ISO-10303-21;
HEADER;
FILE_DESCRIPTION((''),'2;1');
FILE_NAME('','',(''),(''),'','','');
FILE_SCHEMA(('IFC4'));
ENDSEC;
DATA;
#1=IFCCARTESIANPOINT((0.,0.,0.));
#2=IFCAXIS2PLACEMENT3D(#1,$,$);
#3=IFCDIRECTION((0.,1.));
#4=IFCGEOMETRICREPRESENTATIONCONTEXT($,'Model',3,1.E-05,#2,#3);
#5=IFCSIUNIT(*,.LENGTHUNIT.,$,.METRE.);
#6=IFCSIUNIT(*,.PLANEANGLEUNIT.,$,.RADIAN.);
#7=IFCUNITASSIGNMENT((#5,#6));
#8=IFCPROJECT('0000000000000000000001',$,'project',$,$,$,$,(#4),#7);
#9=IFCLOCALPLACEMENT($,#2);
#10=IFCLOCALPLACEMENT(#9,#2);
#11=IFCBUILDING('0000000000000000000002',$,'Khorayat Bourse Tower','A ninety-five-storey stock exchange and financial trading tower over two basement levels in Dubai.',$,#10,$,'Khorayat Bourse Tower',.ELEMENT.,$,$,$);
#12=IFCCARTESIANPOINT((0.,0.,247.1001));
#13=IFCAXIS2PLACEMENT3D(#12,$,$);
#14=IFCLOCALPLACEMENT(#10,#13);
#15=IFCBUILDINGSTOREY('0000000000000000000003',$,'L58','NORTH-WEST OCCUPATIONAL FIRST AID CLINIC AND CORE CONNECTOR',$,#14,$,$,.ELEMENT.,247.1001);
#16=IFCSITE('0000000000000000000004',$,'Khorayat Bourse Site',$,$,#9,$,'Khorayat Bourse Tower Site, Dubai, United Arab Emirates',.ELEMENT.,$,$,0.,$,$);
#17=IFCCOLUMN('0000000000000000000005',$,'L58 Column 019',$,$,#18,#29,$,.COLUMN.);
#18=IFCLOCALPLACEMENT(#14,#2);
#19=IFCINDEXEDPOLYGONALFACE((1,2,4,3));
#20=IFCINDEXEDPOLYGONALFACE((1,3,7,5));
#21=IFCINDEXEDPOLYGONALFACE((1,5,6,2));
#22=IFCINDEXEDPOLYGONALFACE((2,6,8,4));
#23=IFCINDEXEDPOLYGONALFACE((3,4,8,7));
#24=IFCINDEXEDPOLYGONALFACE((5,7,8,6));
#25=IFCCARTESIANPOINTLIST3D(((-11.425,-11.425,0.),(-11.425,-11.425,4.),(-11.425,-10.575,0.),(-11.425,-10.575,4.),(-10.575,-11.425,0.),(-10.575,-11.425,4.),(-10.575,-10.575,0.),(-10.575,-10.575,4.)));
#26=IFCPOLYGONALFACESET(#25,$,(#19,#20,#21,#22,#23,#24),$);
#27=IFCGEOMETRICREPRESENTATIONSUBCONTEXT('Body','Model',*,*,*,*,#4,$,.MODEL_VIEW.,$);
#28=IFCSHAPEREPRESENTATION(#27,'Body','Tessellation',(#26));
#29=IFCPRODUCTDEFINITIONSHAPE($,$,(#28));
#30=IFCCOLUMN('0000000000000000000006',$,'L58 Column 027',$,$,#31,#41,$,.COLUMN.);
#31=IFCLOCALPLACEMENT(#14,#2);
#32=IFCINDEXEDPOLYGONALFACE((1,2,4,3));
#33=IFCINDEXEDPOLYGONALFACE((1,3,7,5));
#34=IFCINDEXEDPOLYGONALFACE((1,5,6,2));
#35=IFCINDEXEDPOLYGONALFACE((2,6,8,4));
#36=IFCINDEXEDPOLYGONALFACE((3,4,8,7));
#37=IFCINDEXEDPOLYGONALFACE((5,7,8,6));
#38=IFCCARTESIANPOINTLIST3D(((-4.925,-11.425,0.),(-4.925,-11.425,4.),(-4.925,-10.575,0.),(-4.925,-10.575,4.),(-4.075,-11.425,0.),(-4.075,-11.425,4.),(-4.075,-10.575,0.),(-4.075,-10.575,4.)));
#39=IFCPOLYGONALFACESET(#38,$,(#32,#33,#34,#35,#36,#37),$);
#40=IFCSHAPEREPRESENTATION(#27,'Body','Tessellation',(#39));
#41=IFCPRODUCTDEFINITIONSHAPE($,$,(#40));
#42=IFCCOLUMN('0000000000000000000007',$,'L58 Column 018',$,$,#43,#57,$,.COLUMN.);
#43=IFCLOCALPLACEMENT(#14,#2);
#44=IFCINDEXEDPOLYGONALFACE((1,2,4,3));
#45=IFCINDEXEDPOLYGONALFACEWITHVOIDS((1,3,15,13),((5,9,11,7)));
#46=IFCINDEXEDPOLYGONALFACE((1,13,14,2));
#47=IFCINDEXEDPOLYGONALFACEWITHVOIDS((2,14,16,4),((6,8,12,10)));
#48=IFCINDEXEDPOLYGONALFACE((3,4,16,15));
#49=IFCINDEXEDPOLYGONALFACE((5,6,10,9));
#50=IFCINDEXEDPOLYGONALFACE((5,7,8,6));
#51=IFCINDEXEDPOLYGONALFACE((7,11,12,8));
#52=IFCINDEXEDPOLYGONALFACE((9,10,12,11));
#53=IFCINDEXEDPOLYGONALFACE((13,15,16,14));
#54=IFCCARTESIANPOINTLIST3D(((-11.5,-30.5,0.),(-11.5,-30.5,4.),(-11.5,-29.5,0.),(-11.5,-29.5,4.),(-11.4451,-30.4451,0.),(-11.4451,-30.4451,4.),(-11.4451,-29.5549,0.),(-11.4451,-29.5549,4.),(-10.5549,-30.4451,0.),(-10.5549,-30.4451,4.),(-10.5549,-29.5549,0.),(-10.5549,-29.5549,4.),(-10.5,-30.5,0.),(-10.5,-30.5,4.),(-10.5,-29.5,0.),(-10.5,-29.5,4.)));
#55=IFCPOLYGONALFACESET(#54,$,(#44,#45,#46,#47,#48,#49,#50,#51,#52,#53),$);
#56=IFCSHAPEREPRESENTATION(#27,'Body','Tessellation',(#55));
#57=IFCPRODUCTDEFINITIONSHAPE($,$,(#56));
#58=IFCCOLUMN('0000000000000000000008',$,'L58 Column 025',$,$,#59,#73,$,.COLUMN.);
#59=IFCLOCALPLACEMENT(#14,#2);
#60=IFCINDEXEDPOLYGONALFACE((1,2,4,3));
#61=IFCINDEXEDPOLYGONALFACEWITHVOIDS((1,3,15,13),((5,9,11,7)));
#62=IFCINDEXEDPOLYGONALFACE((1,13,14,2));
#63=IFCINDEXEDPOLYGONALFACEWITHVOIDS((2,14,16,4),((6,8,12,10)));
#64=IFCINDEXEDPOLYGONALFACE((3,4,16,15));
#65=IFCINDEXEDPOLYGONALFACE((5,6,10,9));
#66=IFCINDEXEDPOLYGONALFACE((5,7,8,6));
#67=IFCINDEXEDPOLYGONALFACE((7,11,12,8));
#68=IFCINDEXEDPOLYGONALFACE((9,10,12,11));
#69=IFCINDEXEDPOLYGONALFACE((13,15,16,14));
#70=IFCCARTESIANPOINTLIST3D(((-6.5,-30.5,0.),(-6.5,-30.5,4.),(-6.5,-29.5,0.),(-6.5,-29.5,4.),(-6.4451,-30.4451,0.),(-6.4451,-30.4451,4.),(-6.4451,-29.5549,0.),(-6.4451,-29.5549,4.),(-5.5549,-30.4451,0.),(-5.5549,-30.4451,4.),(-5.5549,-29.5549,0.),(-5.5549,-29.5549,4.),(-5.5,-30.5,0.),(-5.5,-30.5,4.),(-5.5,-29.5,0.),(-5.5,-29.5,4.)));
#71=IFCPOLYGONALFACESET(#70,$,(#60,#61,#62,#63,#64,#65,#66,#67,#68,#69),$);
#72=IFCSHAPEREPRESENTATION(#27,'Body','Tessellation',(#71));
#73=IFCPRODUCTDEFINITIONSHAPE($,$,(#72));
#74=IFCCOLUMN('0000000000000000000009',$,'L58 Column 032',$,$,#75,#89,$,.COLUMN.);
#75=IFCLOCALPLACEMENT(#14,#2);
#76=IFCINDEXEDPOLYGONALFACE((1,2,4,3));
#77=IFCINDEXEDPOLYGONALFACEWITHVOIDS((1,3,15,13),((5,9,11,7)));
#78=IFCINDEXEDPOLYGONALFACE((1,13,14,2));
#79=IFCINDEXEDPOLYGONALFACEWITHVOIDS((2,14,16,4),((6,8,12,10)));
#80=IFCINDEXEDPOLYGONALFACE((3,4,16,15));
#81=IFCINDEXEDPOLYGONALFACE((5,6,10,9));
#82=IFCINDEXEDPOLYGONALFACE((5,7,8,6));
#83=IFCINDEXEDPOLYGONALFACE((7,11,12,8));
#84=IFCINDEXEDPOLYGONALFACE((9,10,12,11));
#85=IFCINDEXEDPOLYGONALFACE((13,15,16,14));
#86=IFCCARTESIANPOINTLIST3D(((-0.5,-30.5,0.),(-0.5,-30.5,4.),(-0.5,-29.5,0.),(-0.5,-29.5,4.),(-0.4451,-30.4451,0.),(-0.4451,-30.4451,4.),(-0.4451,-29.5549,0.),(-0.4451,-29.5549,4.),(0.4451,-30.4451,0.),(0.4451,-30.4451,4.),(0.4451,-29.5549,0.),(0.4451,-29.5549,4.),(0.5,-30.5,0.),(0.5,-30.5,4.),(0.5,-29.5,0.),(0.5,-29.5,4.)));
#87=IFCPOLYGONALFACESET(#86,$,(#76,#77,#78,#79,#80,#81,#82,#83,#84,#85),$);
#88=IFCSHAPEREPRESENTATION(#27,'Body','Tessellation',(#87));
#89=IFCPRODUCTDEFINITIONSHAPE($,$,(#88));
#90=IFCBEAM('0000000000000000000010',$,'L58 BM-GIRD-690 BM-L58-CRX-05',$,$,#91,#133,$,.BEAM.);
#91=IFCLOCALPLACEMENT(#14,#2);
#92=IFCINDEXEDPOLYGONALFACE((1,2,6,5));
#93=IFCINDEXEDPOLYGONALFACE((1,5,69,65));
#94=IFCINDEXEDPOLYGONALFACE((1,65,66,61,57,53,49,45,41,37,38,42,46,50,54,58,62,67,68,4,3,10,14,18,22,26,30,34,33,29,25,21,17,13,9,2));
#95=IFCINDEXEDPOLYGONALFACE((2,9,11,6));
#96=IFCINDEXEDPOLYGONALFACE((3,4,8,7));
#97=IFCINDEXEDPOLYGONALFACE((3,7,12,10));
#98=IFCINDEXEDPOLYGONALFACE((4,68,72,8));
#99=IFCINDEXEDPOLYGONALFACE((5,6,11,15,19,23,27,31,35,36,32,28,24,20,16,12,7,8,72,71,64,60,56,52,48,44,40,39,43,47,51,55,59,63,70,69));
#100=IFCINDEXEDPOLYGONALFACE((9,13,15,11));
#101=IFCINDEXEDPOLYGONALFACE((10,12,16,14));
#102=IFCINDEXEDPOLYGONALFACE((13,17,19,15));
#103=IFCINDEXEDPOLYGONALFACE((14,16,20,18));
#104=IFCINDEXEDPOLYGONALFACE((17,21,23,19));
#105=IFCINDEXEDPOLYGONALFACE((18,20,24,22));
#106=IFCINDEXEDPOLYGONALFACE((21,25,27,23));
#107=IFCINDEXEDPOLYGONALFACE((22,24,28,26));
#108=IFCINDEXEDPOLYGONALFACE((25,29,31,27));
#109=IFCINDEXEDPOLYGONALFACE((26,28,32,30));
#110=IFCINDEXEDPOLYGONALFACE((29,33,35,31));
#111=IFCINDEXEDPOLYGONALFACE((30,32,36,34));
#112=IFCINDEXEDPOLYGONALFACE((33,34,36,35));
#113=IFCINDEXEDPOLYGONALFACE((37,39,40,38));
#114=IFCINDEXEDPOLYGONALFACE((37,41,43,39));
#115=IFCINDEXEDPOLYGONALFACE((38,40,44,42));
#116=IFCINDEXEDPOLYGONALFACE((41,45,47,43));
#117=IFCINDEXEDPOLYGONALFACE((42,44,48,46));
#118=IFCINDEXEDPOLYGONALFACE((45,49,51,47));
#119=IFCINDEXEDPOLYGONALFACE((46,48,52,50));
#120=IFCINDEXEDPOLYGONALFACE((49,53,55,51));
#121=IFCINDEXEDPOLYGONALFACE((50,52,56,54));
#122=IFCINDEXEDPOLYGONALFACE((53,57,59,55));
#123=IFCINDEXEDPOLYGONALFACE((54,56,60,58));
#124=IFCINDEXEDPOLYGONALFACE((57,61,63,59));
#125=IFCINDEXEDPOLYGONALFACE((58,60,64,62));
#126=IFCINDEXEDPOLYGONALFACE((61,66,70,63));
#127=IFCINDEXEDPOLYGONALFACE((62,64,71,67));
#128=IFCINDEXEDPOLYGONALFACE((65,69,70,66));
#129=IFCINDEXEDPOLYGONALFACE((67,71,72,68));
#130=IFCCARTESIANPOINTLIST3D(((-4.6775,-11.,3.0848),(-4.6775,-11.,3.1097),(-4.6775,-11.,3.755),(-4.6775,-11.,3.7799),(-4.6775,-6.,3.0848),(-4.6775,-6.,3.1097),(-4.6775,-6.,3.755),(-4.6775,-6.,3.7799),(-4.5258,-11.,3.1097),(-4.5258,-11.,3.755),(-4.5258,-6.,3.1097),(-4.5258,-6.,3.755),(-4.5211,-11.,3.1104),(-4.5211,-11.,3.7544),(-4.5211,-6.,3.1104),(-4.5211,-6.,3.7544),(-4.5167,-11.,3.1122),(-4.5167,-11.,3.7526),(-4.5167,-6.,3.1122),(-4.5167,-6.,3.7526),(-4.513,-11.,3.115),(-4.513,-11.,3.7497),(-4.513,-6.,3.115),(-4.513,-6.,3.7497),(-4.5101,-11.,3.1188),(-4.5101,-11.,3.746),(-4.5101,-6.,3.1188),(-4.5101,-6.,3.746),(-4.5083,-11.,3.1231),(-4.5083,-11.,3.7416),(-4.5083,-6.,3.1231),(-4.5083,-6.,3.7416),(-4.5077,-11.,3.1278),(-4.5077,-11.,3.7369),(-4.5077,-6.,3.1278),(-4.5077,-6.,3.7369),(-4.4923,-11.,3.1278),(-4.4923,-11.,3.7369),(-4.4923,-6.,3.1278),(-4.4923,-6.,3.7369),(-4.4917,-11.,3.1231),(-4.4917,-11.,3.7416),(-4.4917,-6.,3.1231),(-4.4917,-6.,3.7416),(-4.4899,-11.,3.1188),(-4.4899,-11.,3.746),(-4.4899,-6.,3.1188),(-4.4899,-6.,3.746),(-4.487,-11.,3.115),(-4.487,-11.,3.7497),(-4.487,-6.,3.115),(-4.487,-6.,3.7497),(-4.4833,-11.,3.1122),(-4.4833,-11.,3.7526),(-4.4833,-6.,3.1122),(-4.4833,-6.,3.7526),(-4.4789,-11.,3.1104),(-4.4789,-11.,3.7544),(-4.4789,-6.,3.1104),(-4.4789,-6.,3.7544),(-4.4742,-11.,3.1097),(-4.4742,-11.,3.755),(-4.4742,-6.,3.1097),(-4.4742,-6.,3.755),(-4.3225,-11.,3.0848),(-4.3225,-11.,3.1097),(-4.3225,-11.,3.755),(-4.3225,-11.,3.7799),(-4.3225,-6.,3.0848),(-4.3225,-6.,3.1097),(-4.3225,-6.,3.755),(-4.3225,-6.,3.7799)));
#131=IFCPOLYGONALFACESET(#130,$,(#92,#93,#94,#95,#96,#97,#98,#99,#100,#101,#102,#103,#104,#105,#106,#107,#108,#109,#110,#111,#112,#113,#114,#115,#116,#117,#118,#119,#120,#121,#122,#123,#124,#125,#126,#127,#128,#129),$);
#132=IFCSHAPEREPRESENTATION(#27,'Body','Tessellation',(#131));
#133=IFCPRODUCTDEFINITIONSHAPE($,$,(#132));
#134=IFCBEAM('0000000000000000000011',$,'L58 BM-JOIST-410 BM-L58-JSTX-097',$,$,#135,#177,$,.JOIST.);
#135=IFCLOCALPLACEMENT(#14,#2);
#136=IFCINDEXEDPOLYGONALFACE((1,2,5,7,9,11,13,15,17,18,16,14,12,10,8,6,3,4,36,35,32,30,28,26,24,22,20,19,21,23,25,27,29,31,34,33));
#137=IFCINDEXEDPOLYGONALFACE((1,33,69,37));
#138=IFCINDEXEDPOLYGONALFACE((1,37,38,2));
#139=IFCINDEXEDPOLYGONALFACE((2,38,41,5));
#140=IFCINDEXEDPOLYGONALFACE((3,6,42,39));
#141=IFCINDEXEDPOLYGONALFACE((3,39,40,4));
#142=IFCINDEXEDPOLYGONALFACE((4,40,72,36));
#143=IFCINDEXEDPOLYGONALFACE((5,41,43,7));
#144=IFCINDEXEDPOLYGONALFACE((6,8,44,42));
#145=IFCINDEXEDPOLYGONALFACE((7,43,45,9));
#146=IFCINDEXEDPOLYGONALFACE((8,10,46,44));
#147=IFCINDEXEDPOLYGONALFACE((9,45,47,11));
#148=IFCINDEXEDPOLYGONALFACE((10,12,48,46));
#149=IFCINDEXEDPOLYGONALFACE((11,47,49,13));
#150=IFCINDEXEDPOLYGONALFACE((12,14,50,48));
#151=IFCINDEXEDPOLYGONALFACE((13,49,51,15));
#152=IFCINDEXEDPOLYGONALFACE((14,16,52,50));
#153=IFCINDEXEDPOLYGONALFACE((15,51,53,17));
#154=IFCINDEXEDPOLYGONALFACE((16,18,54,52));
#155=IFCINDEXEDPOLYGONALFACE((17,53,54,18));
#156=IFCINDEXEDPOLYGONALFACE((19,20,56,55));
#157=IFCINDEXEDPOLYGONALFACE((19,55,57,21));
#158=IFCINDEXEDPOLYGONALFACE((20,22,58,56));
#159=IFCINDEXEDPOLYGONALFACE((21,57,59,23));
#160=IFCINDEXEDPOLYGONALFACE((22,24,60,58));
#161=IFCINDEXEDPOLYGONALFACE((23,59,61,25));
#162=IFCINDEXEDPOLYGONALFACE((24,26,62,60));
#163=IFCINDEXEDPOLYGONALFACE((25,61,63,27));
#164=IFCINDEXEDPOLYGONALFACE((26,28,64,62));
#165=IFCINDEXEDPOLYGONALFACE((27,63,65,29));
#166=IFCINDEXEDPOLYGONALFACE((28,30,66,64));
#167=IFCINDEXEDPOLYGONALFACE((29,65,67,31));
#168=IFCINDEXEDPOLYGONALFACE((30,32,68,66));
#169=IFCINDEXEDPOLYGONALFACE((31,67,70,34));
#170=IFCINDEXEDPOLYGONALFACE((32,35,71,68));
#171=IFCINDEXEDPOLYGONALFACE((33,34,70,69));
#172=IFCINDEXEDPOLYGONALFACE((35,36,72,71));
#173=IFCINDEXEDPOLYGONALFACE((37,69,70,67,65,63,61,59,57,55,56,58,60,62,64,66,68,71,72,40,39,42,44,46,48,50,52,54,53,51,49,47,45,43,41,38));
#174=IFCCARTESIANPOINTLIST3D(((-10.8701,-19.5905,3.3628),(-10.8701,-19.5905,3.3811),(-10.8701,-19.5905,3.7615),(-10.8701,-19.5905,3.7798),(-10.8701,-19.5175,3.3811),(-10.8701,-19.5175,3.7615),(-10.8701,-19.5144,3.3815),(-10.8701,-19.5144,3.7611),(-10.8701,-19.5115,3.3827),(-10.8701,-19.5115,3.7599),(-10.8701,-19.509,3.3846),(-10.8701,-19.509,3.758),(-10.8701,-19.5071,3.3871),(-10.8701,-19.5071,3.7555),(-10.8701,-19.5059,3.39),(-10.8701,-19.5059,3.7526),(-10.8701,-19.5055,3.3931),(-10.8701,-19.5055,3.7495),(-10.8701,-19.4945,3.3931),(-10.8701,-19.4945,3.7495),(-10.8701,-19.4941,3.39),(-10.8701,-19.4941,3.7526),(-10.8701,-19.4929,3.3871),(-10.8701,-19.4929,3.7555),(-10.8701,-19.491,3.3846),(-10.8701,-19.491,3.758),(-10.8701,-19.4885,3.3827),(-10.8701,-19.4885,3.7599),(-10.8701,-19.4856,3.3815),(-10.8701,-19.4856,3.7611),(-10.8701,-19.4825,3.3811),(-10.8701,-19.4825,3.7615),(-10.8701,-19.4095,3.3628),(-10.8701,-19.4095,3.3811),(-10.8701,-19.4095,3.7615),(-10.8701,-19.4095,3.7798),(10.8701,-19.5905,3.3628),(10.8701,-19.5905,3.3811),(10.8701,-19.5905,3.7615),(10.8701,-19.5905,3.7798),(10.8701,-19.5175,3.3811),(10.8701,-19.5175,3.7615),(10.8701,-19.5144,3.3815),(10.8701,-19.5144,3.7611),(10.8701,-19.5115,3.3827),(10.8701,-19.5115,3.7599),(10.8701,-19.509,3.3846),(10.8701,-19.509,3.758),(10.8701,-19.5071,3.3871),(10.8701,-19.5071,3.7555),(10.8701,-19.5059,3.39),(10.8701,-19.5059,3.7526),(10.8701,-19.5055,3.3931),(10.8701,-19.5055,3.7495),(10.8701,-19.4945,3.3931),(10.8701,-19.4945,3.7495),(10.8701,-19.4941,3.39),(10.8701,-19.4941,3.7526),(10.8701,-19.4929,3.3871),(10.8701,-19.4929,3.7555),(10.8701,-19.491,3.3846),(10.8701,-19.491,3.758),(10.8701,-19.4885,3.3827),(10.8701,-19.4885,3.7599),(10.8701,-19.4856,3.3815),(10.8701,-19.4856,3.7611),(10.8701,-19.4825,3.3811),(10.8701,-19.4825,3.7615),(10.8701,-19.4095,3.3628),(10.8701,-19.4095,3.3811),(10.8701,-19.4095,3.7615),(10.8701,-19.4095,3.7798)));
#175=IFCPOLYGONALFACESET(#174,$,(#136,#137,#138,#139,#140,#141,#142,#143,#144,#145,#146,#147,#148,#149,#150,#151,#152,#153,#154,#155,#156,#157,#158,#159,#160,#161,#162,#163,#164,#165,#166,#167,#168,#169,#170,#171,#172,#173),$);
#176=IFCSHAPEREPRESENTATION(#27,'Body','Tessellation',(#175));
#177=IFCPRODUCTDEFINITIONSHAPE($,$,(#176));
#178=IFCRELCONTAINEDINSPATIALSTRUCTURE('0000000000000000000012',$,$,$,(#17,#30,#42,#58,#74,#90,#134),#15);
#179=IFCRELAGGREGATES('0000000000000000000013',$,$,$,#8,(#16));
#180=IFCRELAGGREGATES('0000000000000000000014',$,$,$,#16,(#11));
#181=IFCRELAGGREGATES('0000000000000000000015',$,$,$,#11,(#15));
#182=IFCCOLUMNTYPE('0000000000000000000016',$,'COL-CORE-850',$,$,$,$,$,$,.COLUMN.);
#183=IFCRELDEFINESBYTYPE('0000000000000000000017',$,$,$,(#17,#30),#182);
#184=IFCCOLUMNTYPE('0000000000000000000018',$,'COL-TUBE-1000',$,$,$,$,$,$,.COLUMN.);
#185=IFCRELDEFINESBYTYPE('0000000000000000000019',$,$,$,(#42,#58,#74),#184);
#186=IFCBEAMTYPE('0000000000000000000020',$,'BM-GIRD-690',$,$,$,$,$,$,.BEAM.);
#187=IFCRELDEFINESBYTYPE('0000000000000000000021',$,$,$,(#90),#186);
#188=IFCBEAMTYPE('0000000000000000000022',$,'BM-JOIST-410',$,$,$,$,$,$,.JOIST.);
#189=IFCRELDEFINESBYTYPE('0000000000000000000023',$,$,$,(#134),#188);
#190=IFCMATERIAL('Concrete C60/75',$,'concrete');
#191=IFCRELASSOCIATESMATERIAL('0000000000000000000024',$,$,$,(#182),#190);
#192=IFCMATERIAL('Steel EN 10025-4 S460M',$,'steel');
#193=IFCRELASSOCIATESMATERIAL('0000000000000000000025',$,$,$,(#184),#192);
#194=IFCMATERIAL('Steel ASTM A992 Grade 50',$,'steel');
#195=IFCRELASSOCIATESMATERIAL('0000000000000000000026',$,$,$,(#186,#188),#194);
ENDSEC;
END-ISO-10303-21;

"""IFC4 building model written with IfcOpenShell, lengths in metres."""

from ifc_helpers import new_model, si_unit, direction, frame, origin, origin_2d, place, context, subcontext, project, spatial, rectangle, hollow_rectangle, i_section, extrude, source, transform, mapped, material, material_profile, profile_set, type_object, element, save


model = new_model("IFC4")

# Units and contexts
model_context = context("Model", 3, precision=1e-05, world=origin(), true_north=direction((0.0, 1.0)))
body_context = subcontext(model_context, "Body", "Model", "MODEL_VIEW")
ifc_project = project(units=[si_unit("LENGTHUNIT", "METRE"), si_unit("PLANEANGLEUNIT", "RADIAN")], contexts=[model_context])

# Site, building, storey
site_placement = place(None, origin())
site = spatial("IfcSite", under=ifc_project, at=site_placement, Name="Khorayat Bourse Site", LongName="Khorayat Bourse Tower Site, Dubai, United Arab Emirates", CompositionType="ELEMENT", RefElevation=0.0)
building_placement = place(site_placement, origin())
building = spatial("IfcBuilding", under=site, at=building_placement, Name="Khorayat Bourse Tower", Description="A ninety-five-storey stock exchange and financial trading tower over two basement levels in Dubai.", LongName="Khorayat Bourse Tower", CompositionType="ELEMENT")
storey_placement = place(building_placement, frame((0.0, 0.0, 247.1001)))
storey = spatial("IfcBuildingStorey", under=building, at=storey_placement, Name="L58", Description="NORTH-WEST OCCUPATIONAL FIRST AID CLINIC AND CORE CONNECTOR", CompositionType="ELEMENT", Elevation=247.1001)

# Columns
ifc_material_1 = material(Name="Concrete C60/75", Category="concrete")
ifc_material_profile_1 = material_profile(ifc_material_1, rectangle(XDim=0.8501, YDim=0.8501, at=origin_2d()), Name="RC 850x850")
ifc_profile_set_1 = profile_set([ifc_material_profile_1], Name="Concrete C60/75")
column_type_1 = type_object("IfcColumnType", Name="COL-CORE-850", PredefinedType="COLUMN", material=ifc_profile_set_1)
shared_shape_1 = source(origin(), body_context, "Body", "SweptSolid", [
    extrude(rectangle(XDim=0.8501, YDim=0.8501, at=origin_2d()), origin(), (0.0, 0.0, 1.0), 4.0),
])
for number, where, z_axis, x_axis, name in (
    (1, (-11.0, -11.0, 0.0), (0.0, 0.0, 1.0), (1.0, 0.0, 0.0), "L58 Column 019"),
    (2, (-4.5, -11.0, 0.0), (0.0, 0.0, 1.0), (1.0, 0.0, 0.0), "L58 Column 027"),
):
    element("IfcColumn", number, at=place(storey_placement, frame(where, z_axis=z_axis, x_axis=x_axis)), inside=storey, type_object=column_type_1, Name=name, PredefinedType="COLUMN", context=body_context, shape_type="MappedRepresentation", body=[
        mapped(shared_shape_1, transform((0.0, 0.0, 0.0), scale=1.0)),
    ])
ifc_material_2 = material(Name="Steel EN 10025-4 S460M", Category="steel")
ifc_material_profile_2 = material_profile(ifc_material_2, hollow_rectangle(XDim=1.0, YDim=1.0, WallThickness=0.0549, at=origin_2d()), Name="BOX 1000x1000x55")
ifc_profile_set_2 = profile_set([ifc_material_profile_2], Name="Steel EN 10025-4 S460M")
column_type_2 = type_object("IfcColumnType", Name="COL-TUBE-1000", PredefinedType="COLUMN", material=ifc_profile_set_2)
shared_shape_2 = source(origin(), body_context, "Body", "SweptSolid", [
    extrude(hollow_rectangle(XDim=1.0, YDim=1.0, WallThickness=0.0549, at=origin_2d()), origin(), (0.0, 0.0, 1.0), 4.0),
])
for number, where, z_axis, x_axis, name in (
    (3, (-11.0, -30.0, 0.0), (0.0, 0.0, 1.0), (1.0, 0.0, 0.0), "L58 Column 018"),
    (4, (-6.0, -30.0, 0.0), (0.0, 0.0, 1.0), (1.0, 0.0, 0.0), "L58 Column 025"),
    (5, (0.0, -30.0, 0.0), (0.0, 0.0, 1.0), (1.0, 0.0, 0.0), "L58 Column 032"),
):
    element("IfcColumn", number, at=place(storey_placement, frame(where, z_axis=z_axis, x_axis=x_axis)), inside=storey, type_object=column_type_2, Name=name, PredefinedType="COLUMN", context=body_context, shape_type="MappedRepresentation", body=[
        mapped(shared_shape_2, transform((0.0, 0.0, 0.0), scale=1.0)),
    ])

# Beams
ifc_material_3 = material(Name="Steel ASTM A992 Grade 50", Category="steel")
ifc_material_profile_3 = material_profile(ifc_material_3, i_section(OverallWidth=0.355, OverallDepth=0.6951, WebThickness=0.0154, FlangeThickness=0.0249, FilletRadius=0.0181, at=origin_2d()), Name="W690X217")
ifc_profile_set_3 = profile_set([ifc_material_profile_3], Name="Steel ASTM A992 Grade 50")
beam_type_1 = type_object("IfcBeamType", Name="BM-GIRD-690", PredefinedType="BEAM", material=ifc_profile_set_3)
shared_shape_3 = source(origin(), body_context, "Body", "SweptSolid", [
    extrude(i_section(OverallWidth=0.355, OverallDepth=0.6951, WebThickness=0.0154, FlangeThickness=0.0249, FilletRadius=0.0181, at=origin_2d()), origin(), (0.0, 0.0, 1.0), 5.0),
])
beam_1_placement = place(storey_placement, frame((-4.5, -11.0, 3.4324), z_axis=(0.0, 1.0, 0.0), x_axis=(-1.0, 0.0, 0.0)))
element("IfcBeam", 6, at=beam_1_placement, inside=storey, type_object=beam_type_1, Name="L58 BM-GIRD-690 BM-L58-CRX-05", PredefinedType="BEAM", context=body_context, shape_type="MappedRepresentation", body=[
    mapped(shared_shape_3, transform((0.0, 0.0, 0.0), scale=1.0)),
])
ifc_material_profile_4 = material_profile(ifc_material_3, i_section(OverallWidth=0.1809, OverallDepth=0.417, WebThickness=0.011, FlangeThickness=0.0183, FilletRadius=0.012, at=origin_2d()), Name="W410X85")
ifc_profile_set_4 = profile_set([ifc_material_profile_4], Name="Steel ASTM A992 Grade 50")
beam_type_2 = type_object("IfcBeamType", Name="BM-JOIST-410", PredefinedType="JOIST", material=ifc_profile_set_4)
shared_shape_4 = source(origin(), body_context, "Body", "SweptSolid", [
    extrude(i_section(OverallWidth=0.1809, OverallDepth=0.417, WebThickness=0.011, FlangeThickness=0.0183, FilletRadius=0.012, at=origin_2d()), origin(), (0.0, 0.0, 1.0), 21.7402),
])
beam_2_placement = place(storey_placement, frame((-10.8701, -19.5, 3.5713), z_axis=(1.0, 0.0, 0.0), x_axis=(0.0, 1.0, 0.0)))
element("IfcBeam", 7, at=beam_2_placement, inside=storey, type_object=beam_type_2, Name="L58 BM-JOIST-410 BM-L58-JSTX-097", PredefinedType="JOIST", context=body_context, shape_type="MappedRepresentation", body=[
    mapped(shared_shape_4, transform((0.0, 0.0, 0.0), scale=1.0)),
])

save(model, "model.ifc")
